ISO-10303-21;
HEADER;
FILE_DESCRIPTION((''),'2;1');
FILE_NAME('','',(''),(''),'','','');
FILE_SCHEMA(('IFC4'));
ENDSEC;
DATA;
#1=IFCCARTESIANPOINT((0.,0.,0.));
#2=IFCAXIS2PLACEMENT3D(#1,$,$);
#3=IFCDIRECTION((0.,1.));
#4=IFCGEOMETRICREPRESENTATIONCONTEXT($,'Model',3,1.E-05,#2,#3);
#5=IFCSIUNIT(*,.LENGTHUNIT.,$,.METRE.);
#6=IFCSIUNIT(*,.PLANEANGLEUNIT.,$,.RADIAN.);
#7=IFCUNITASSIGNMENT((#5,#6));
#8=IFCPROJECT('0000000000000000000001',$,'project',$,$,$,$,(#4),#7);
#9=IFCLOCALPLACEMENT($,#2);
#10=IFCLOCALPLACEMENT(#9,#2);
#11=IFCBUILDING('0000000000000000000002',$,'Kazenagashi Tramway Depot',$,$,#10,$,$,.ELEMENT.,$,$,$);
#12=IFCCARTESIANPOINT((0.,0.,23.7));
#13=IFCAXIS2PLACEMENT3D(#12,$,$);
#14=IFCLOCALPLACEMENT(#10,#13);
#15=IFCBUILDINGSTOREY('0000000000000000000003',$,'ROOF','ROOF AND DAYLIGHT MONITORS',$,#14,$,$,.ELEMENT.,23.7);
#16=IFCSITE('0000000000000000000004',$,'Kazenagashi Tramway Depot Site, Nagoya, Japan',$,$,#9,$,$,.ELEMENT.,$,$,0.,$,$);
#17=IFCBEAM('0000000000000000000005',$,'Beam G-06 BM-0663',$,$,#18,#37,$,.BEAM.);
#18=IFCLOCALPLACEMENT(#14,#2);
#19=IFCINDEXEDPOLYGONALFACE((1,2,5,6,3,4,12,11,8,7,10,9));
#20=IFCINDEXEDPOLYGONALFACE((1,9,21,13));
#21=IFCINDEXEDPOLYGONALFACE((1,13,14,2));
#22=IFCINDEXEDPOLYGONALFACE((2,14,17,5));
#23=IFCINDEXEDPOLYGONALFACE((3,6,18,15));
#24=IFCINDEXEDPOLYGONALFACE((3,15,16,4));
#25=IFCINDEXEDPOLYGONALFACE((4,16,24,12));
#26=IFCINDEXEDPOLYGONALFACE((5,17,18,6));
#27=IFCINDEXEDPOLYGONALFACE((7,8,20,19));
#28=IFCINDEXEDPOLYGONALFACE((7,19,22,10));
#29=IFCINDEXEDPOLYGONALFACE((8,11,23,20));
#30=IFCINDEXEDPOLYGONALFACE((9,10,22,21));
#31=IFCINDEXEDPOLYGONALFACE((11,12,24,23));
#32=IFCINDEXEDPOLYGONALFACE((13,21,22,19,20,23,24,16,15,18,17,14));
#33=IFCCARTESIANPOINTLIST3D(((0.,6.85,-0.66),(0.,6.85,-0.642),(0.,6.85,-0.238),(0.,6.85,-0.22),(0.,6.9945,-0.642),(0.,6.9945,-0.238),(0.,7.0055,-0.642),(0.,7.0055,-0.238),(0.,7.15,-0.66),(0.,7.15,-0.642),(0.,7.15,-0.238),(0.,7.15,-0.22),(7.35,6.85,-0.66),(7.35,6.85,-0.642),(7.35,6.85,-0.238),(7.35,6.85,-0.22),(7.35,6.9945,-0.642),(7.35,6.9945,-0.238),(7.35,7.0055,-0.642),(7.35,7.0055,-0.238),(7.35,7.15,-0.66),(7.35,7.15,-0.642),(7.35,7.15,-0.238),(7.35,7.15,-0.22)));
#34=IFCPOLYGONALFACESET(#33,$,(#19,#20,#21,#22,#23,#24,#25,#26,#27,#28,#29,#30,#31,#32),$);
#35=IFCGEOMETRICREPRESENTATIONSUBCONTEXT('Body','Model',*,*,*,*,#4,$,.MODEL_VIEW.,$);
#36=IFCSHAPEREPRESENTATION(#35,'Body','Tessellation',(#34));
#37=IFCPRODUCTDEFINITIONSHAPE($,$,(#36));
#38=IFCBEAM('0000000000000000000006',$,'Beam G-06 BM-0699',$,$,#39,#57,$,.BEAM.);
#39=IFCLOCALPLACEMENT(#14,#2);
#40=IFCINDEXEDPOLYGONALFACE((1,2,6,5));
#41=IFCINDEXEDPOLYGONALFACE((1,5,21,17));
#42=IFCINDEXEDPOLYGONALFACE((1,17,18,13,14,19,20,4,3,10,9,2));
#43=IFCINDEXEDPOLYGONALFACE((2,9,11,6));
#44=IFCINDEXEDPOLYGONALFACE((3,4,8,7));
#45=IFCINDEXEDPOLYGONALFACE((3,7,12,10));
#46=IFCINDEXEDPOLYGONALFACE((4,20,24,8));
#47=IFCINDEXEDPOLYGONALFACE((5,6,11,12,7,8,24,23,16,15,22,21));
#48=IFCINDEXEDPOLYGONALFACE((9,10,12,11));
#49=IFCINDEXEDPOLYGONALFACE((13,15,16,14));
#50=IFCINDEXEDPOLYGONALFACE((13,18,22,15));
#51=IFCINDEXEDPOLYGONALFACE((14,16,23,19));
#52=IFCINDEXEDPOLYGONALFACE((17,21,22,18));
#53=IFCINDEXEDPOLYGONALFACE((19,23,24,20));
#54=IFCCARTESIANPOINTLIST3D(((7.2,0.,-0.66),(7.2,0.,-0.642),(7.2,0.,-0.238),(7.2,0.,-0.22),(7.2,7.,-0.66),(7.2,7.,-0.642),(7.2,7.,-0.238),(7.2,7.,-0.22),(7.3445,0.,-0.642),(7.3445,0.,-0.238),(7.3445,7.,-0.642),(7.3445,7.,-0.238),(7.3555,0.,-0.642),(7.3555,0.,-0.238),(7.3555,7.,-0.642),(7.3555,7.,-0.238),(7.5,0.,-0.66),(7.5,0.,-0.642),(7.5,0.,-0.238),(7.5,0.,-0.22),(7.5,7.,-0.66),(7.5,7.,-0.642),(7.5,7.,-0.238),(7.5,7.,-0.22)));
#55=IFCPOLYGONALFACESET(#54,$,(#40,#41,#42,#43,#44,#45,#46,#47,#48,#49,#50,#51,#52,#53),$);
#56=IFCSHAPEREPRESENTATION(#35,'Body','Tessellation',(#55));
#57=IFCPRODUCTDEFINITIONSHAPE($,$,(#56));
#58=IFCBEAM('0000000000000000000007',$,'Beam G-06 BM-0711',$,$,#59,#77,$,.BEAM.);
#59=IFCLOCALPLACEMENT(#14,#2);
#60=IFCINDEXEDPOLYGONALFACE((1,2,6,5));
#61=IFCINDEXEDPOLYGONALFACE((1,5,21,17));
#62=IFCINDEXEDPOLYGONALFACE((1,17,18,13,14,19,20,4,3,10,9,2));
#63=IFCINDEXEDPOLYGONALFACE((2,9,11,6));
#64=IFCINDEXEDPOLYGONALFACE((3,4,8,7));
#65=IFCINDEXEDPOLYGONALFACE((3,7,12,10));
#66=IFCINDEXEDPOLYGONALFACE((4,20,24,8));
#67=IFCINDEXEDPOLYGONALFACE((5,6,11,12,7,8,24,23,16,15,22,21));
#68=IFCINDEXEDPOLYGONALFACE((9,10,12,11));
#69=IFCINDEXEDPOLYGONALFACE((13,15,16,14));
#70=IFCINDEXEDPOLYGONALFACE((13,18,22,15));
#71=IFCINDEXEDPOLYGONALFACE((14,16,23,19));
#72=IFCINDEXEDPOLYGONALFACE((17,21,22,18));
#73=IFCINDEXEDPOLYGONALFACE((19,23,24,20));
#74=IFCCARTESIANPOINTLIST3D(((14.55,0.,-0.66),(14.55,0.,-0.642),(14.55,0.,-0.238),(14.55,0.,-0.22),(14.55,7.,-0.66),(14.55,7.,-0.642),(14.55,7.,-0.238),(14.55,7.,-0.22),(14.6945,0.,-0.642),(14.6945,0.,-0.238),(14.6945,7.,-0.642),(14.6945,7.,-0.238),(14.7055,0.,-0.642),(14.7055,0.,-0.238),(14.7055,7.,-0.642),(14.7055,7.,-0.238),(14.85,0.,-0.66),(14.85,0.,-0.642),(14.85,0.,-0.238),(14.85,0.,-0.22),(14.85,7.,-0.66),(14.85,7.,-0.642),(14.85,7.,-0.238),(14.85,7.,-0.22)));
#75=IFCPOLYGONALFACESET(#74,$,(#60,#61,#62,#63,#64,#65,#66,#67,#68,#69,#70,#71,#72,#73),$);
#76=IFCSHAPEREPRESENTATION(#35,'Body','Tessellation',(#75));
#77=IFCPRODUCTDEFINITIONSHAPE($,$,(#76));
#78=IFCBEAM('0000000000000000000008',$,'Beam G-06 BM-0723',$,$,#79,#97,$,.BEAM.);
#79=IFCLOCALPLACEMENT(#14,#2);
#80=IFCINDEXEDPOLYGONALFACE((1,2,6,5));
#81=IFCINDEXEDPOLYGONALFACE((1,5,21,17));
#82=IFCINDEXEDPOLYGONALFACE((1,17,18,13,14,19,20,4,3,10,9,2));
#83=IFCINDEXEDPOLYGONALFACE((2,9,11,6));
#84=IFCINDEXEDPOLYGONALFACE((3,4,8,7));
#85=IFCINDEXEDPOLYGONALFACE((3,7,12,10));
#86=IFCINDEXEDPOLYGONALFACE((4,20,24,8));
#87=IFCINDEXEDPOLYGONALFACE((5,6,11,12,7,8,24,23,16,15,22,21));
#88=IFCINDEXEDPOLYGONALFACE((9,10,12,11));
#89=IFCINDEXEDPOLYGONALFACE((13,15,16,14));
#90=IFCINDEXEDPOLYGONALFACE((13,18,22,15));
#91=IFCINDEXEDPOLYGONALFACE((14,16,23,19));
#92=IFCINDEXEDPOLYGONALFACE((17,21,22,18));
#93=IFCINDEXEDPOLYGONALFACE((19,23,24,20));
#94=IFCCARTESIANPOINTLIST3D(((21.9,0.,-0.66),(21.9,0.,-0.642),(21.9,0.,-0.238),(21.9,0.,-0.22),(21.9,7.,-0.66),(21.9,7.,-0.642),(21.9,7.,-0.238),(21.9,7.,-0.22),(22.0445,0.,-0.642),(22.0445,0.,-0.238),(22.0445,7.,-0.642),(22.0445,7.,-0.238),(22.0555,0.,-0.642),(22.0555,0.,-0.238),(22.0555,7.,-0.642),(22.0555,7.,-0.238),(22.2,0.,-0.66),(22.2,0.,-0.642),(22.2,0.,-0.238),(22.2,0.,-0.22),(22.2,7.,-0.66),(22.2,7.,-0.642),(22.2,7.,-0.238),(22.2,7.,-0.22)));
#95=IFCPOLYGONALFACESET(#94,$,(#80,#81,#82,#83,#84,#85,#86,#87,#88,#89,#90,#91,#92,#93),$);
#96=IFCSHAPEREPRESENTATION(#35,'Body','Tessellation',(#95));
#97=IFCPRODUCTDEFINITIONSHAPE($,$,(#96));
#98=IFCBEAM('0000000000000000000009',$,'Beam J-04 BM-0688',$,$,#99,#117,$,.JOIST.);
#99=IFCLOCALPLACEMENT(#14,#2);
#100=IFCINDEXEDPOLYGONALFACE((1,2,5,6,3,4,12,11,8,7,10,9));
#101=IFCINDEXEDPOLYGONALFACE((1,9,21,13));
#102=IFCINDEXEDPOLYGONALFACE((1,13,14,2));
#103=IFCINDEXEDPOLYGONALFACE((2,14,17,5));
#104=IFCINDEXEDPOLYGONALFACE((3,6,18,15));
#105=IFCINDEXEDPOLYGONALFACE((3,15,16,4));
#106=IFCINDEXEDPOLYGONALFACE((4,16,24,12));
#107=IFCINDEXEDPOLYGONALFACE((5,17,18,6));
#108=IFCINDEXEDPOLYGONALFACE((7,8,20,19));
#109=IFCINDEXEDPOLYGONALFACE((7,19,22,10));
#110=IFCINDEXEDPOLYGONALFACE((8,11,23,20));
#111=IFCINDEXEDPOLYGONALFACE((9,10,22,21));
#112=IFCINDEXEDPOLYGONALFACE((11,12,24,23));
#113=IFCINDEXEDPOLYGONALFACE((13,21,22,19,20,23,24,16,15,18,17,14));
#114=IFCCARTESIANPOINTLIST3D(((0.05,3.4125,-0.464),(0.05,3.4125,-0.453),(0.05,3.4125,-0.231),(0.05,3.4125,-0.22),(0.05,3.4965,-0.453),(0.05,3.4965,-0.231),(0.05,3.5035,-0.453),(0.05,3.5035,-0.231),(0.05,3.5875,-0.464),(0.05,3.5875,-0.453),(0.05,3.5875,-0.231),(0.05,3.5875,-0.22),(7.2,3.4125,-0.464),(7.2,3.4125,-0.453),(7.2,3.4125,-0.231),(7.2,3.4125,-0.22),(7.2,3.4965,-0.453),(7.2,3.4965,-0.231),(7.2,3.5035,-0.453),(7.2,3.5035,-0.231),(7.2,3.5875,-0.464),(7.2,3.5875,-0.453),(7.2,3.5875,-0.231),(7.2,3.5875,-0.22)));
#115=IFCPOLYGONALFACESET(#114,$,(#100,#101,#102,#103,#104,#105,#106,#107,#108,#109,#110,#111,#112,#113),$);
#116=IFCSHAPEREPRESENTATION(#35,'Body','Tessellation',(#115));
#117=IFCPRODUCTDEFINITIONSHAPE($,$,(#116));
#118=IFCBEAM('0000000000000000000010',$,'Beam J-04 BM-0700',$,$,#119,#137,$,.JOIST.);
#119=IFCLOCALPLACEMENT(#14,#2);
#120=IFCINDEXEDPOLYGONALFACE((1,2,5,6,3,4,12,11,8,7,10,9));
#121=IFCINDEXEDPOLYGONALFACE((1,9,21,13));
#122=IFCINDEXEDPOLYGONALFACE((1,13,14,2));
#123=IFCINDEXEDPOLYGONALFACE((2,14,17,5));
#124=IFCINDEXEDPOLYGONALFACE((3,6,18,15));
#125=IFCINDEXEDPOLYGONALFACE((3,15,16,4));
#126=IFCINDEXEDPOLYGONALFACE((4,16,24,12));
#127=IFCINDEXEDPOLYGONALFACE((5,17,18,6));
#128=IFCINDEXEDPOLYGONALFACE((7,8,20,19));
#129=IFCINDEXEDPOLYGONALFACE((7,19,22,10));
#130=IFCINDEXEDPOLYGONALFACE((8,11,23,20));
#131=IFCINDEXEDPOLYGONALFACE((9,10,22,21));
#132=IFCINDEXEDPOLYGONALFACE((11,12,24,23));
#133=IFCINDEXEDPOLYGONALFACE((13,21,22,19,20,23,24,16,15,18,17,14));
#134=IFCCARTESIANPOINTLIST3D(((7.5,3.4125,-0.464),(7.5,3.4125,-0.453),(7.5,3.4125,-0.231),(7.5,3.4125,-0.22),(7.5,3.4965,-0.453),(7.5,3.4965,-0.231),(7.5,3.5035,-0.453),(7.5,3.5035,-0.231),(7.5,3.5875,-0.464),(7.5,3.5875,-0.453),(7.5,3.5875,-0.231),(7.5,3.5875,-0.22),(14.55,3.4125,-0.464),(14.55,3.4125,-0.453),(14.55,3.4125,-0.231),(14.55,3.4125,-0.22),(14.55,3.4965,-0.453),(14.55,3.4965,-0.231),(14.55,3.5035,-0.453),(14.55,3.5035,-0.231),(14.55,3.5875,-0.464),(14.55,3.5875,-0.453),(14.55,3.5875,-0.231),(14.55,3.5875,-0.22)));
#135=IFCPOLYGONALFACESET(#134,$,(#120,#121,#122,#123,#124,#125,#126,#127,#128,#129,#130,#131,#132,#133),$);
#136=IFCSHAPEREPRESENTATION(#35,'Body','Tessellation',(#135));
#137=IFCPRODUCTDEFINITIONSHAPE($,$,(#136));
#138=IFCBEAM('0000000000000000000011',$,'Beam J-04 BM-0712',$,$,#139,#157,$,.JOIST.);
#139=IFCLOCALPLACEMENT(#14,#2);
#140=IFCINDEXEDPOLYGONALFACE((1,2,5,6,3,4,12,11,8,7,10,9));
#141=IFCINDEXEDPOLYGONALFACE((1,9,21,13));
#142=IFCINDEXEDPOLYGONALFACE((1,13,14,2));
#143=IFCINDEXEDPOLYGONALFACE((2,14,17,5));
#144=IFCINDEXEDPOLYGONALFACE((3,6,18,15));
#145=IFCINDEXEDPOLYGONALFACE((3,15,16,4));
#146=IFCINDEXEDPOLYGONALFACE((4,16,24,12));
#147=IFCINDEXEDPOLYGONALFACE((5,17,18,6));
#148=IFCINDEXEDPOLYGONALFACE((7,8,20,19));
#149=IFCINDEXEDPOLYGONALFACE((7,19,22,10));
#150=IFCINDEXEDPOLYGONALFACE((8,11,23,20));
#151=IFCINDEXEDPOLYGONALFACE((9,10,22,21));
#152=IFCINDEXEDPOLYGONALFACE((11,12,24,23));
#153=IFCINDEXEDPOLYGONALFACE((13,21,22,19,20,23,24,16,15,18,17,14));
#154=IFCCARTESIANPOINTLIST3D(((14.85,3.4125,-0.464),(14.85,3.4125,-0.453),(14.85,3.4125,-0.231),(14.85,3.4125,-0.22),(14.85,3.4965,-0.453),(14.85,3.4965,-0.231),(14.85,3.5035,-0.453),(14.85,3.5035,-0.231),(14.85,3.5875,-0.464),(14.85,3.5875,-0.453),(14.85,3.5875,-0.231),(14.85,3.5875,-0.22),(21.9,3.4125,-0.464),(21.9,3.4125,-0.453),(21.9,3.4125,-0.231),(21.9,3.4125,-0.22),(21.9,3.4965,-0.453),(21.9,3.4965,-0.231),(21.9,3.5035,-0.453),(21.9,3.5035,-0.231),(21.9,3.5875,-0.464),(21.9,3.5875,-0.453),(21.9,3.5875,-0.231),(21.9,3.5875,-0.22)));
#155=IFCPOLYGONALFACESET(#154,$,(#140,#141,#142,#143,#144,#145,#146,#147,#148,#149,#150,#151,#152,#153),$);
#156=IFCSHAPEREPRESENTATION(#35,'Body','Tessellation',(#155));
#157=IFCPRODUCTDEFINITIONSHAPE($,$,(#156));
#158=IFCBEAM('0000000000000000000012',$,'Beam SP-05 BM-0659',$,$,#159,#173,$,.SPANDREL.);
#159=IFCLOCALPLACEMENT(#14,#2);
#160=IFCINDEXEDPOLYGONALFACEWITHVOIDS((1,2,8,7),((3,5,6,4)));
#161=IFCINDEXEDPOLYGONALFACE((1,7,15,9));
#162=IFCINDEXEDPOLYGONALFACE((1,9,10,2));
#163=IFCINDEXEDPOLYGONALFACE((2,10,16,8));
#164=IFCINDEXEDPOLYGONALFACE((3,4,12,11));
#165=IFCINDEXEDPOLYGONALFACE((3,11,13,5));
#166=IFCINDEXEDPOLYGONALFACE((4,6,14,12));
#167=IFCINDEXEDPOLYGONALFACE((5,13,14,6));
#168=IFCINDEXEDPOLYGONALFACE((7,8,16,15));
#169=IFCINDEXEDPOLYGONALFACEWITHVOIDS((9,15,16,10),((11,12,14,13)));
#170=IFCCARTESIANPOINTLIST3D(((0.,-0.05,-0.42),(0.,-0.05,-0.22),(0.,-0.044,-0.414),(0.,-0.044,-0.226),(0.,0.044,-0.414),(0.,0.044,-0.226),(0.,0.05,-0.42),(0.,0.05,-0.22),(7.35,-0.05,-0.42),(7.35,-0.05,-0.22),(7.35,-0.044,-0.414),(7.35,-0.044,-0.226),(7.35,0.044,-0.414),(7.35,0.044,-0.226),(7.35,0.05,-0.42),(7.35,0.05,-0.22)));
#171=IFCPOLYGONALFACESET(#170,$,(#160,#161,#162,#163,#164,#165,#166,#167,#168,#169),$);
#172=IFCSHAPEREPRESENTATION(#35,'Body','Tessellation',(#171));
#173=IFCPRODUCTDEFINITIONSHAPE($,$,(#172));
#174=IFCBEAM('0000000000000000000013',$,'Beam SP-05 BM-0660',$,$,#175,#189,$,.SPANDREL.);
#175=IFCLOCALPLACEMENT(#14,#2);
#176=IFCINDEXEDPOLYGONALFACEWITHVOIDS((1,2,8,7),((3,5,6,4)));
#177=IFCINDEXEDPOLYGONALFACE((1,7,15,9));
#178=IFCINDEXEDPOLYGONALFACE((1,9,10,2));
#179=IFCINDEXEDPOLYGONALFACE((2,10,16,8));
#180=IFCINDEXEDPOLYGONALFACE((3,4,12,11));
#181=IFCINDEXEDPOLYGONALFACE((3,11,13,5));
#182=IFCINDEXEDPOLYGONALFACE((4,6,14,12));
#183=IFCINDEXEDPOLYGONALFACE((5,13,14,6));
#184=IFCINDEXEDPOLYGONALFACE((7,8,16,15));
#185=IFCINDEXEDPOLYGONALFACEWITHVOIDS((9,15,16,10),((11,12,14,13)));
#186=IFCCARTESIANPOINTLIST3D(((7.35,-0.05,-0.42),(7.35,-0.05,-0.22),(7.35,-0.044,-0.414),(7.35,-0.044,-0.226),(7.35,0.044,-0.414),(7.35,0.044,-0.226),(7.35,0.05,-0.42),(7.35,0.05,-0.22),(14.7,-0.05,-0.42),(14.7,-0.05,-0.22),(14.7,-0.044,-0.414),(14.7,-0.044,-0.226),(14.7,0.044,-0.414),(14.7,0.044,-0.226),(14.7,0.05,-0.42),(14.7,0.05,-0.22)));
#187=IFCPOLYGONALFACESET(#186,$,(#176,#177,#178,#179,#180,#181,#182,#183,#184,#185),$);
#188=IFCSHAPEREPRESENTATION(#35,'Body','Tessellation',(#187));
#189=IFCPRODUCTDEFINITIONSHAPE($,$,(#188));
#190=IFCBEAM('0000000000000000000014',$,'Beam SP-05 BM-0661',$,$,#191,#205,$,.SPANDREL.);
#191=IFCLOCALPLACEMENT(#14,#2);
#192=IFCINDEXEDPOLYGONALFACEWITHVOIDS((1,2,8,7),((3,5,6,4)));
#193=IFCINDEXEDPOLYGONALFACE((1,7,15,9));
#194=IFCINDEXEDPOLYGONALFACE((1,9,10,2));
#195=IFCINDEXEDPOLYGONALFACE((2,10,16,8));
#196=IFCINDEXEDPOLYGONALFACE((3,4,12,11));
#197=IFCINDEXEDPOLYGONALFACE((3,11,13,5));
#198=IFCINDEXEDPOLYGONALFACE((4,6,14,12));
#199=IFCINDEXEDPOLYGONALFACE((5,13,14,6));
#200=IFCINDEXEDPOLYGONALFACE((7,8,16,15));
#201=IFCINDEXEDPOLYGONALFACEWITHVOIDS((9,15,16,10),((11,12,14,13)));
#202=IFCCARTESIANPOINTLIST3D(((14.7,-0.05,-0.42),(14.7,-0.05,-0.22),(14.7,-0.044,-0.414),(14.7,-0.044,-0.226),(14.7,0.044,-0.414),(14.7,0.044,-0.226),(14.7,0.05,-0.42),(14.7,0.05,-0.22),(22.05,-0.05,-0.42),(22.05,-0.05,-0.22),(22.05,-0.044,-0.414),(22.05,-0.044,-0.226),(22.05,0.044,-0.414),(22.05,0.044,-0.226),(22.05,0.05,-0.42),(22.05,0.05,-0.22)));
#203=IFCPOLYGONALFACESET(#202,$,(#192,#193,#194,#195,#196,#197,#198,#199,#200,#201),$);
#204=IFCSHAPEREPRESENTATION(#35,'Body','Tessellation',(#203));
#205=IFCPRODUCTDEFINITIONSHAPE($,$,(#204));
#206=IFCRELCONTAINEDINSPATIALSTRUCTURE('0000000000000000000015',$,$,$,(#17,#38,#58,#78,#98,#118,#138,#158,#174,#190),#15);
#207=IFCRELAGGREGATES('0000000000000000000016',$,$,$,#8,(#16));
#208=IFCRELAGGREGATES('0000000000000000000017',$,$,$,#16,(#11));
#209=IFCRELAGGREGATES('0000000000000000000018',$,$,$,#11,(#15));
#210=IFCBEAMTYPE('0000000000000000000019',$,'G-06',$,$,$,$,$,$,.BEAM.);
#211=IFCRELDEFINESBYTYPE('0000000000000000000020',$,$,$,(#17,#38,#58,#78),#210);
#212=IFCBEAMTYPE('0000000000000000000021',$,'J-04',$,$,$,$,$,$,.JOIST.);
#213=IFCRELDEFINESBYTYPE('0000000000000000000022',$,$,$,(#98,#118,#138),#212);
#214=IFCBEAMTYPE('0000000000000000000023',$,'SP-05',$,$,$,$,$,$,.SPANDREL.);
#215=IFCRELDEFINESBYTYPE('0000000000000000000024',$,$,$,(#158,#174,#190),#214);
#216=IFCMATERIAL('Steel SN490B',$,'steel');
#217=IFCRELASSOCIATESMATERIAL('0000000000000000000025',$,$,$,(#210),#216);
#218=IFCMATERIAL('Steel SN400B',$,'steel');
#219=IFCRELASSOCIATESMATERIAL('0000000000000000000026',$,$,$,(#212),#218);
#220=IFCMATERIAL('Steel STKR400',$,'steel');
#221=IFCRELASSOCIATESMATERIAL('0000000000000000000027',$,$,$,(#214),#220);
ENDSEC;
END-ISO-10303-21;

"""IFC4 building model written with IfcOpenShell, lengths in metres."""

from ifc_helpers import new_model, si_unit, direction, frame, origin, origin_2d, place, context, subcontext, project, spatial, hollow_rectangle, i_section, extrude, material, material_profile, profile_set, type_object, element, save


model = new_model("IFC4")

# Units and contexts
model_context = context("Model", 3, precision=1e-05, world=origin(), true_north=direction((0.0, 1.0)))
body_context = subcontext(model_context, "Body", "Model", "MODEL_VIEW")
ifc_project = project(units=[si_unit("LENGTHUNIT", "METRE"), si_unit("PLANEANGLEUNIT", "RADIAN")], contexts=[model_context])

# Site, building, storey
site_placement = place(None, origin())
site = spatial("IfcSite", under=ifc_project, at=site_placement, Name="Kazenagashi Tramway Depot Site, Nagoya, Japan", CompositionType="ELEMENT", RefElevation=0.0)
building_placement = place(site_placement, origin())
building = spatial("IfcBuilding", under=site, at=building_placement, Name="Kazenagashi Tramway Depot", CompositionType="ELEMENT")
storey_placement = place(building_placement, frame((0.0, 0.0, 23.7)))
storey = spatial("IfcBuildingStorey", under=building, at=storey_placement, Name="ROOF", Description="ROOF AND DAYLIGHT MONITORS", CompositionType="ELEMENT", Elevation=23.7)

# Beams
ifc_material_1 = material(Name="Steel SN490B", Category="steel")
ifc_material_profile_1 = material_profile(ifc_material_1, i_section(OverallWidth=0.3, OverallDepth=0.44, WebThickness=0.011, FlangeThickness=0.018, at=origin_2d()), Name="H-440x300x11x18")
ifc_profile_set_1 = profile_set([ifc_material_profile_1], Name="Steel SN490B")
beam_type_1 = type_object("IfcBeamType", Name="G-06", PredefinedType="BEAM", material=ifc_profile_set_1)
beam_1_placement = place(storey_placement, frame((0.0, 7.0, -0.44), z_axis=(1.0, 0.0, 0.0), x_axis=(0.0, 1.0, 0.0)))
element("IfcBeam", 1, at=beam_1_placement, inside=storey, type_object=beam_type_1, Name="Beam G-06 BM-0663", PredefinedType="BEAM", context=body_context, shape_type="SweptSolid", body=[
    extrude(i_section(OverallWidth=0.3, OverallDepth=0.44, WebThickness=0.011, FlangeThickness=0.018, at=origin_2d()), origin(), (0.0, 0.0, 1.0), 7.35),
])
for number, where, z_axis, x_axis, name in (
    (2, (7.35, 0.0, -0.44), (0.0, 1.0, 0.0), (-1.0, 0.0, 0.0), "Beam G-06 BM-0699"),
    (3, (14.7, 0.0, -0.44), (0.0, 1.0, 0.0), (-1.0, 0.0, 0.0), "Beam G-06 BM-0711"),
    (4, (22.05, 0.0, -0.44), (0.0, 1.0, 0.0), (-1.0, 0.0, 0.0), "Beam G-06 BM-0723"),
):
    element("IfcBeam", number, at=place(storey_placement, frame(where, z_axis=z_axis, x_axis=x_axis)), inside=storey, type_object=beam_type_1, Name=name, PredefinedType="BEAM", context=body_context, shape_type="SweptSolid", body=[
        extrude(i_section(OverallWidth=0.3, OverallDepth=0.44, WebThickness=0.011, FlangeThickness=0.018, at=origin_2d()), origin(), (0.0, 0.0, 1.0), 7.0),
    ])
ifc_material_2 = material(Name="Steel SN400B", Category="steel")
ifc_material_profile_2 = material_profile(ifc_material_2, i_section(OverallWidth=0.175, OverallDepth=0.244, WebThickness=0.007, FlangeThickness=0.011, at=origin_2d()), Name="H-244x175x7x11")
ifc_profile_set_2 = profile_set([ifc_material_profile_2], Name="Steel SN400B")
beam_type_2 = type_object("IfcBeamType", Name="J-04", PredefinedType="JOIST", material=ifc_profile_set_2)
beam_2_placement = place(storey_placement, frame((0.05, 3.5, -0.342), z_axis=(1.0, 0.0, 0.0), x_axis=(0.0, 1.0, 0.0)))
element("IfcBeam", 5, at=beam_2_placement, inside=storey, type_object=beam_type_2, Name="Beam J-04 BM-0688", PredefinedType="JOIST", context=body_context, shape_type="SweptSolid", body=[
    extrude(i_section(OverallWidth=0.175, OverallDepth=0.244, WebThickness=0.007, FlangeThickness=0.011, at=origin_2d()), origin(), (0.0, 0.0, 1.0), 7.15),
])
for number, where, z_axis, x_axis, name in (
    (6, (7.5, 3.5, -0.342), (1.0, 0.0, 0.0), (0.0, 1.0, 0.0), "Beam J-04 BM-0700"),
    (7, (14.85, 3.5, -0.342), (1.0, 0.0, 0.0), (0.0, 1.0, 0.0), "Beam J-04 BM-0712"),
):
    element("IfcBeam", number, at=place(storey_placement, frame(where, z_axis=z_axis, x_axis=x_axis)), inside=storey, type_object=beam_type_2, Name=name, PredefinedType="JOIST", context=body_context, shape_type="SweptSolid", body=[
        extrude(i_section(OverallWidth=0.175, OverallDepth=0.244, WebThickness=0.007, FlangeThickness=0.011, at=origin_2d()), origin(), (0.0, 0.0, 1.0), 7.05),
    ])
ifc_material_3 = material(Name="Steel STKR400", Category="steel")
ifc_material_profile_3 = material_profile(ifc_material_3, hollow_rectangle(XDim=0.1, YDim=0.2, WallThickness=0.006, at=origin_2d()), Name="RHS-200x100x6")
ifc_profile_set_3 = profile_set([ifc_material_profile_3], Name="Steel STKR400")
beam_type_3 = type_object("IfcBeamType", Name="SP-05", PredefinedType="SPANDREL", material=ifc_profile_set_3)
for number, where, z_axis, x_axis, name in (
    (8, (0.0, 0.0, -0.32), (1.0, 0.0, 0.0), (0.0, 1.0, 0.0), "Beam SP-05 BM-0659"),
    (9, (7.35, 0.0, -0.32), (1.0, 0.0, 0.0), (0.0, 1.0, 0.0), "Beam SP-05 BM-0660"),
    (10, (14.7, 0.0, -0.32), (1.0, 0.0, 0.0), (0.0, 1.0, 0.0), "Beam SP-05 BM-0661"),
):
    element("IfcBeam", number, at=place(storey_placement, frame(where, z_axis=z_axis, x_axis=x_axis)), inside=storey, type_object=beam_type_3, Name=name, PredefinedType="SPANDREL", context=body_context, shape_type="SweptSolid", body=[
        extrude(hollow_rectangle(XDim=0.1, YDim=0.2, WallThickness=0.006, at=origin_2d()), origin(), (0.0, 0.0, 1.0), 7.35),
    ])

save(model, "model.ifc")
